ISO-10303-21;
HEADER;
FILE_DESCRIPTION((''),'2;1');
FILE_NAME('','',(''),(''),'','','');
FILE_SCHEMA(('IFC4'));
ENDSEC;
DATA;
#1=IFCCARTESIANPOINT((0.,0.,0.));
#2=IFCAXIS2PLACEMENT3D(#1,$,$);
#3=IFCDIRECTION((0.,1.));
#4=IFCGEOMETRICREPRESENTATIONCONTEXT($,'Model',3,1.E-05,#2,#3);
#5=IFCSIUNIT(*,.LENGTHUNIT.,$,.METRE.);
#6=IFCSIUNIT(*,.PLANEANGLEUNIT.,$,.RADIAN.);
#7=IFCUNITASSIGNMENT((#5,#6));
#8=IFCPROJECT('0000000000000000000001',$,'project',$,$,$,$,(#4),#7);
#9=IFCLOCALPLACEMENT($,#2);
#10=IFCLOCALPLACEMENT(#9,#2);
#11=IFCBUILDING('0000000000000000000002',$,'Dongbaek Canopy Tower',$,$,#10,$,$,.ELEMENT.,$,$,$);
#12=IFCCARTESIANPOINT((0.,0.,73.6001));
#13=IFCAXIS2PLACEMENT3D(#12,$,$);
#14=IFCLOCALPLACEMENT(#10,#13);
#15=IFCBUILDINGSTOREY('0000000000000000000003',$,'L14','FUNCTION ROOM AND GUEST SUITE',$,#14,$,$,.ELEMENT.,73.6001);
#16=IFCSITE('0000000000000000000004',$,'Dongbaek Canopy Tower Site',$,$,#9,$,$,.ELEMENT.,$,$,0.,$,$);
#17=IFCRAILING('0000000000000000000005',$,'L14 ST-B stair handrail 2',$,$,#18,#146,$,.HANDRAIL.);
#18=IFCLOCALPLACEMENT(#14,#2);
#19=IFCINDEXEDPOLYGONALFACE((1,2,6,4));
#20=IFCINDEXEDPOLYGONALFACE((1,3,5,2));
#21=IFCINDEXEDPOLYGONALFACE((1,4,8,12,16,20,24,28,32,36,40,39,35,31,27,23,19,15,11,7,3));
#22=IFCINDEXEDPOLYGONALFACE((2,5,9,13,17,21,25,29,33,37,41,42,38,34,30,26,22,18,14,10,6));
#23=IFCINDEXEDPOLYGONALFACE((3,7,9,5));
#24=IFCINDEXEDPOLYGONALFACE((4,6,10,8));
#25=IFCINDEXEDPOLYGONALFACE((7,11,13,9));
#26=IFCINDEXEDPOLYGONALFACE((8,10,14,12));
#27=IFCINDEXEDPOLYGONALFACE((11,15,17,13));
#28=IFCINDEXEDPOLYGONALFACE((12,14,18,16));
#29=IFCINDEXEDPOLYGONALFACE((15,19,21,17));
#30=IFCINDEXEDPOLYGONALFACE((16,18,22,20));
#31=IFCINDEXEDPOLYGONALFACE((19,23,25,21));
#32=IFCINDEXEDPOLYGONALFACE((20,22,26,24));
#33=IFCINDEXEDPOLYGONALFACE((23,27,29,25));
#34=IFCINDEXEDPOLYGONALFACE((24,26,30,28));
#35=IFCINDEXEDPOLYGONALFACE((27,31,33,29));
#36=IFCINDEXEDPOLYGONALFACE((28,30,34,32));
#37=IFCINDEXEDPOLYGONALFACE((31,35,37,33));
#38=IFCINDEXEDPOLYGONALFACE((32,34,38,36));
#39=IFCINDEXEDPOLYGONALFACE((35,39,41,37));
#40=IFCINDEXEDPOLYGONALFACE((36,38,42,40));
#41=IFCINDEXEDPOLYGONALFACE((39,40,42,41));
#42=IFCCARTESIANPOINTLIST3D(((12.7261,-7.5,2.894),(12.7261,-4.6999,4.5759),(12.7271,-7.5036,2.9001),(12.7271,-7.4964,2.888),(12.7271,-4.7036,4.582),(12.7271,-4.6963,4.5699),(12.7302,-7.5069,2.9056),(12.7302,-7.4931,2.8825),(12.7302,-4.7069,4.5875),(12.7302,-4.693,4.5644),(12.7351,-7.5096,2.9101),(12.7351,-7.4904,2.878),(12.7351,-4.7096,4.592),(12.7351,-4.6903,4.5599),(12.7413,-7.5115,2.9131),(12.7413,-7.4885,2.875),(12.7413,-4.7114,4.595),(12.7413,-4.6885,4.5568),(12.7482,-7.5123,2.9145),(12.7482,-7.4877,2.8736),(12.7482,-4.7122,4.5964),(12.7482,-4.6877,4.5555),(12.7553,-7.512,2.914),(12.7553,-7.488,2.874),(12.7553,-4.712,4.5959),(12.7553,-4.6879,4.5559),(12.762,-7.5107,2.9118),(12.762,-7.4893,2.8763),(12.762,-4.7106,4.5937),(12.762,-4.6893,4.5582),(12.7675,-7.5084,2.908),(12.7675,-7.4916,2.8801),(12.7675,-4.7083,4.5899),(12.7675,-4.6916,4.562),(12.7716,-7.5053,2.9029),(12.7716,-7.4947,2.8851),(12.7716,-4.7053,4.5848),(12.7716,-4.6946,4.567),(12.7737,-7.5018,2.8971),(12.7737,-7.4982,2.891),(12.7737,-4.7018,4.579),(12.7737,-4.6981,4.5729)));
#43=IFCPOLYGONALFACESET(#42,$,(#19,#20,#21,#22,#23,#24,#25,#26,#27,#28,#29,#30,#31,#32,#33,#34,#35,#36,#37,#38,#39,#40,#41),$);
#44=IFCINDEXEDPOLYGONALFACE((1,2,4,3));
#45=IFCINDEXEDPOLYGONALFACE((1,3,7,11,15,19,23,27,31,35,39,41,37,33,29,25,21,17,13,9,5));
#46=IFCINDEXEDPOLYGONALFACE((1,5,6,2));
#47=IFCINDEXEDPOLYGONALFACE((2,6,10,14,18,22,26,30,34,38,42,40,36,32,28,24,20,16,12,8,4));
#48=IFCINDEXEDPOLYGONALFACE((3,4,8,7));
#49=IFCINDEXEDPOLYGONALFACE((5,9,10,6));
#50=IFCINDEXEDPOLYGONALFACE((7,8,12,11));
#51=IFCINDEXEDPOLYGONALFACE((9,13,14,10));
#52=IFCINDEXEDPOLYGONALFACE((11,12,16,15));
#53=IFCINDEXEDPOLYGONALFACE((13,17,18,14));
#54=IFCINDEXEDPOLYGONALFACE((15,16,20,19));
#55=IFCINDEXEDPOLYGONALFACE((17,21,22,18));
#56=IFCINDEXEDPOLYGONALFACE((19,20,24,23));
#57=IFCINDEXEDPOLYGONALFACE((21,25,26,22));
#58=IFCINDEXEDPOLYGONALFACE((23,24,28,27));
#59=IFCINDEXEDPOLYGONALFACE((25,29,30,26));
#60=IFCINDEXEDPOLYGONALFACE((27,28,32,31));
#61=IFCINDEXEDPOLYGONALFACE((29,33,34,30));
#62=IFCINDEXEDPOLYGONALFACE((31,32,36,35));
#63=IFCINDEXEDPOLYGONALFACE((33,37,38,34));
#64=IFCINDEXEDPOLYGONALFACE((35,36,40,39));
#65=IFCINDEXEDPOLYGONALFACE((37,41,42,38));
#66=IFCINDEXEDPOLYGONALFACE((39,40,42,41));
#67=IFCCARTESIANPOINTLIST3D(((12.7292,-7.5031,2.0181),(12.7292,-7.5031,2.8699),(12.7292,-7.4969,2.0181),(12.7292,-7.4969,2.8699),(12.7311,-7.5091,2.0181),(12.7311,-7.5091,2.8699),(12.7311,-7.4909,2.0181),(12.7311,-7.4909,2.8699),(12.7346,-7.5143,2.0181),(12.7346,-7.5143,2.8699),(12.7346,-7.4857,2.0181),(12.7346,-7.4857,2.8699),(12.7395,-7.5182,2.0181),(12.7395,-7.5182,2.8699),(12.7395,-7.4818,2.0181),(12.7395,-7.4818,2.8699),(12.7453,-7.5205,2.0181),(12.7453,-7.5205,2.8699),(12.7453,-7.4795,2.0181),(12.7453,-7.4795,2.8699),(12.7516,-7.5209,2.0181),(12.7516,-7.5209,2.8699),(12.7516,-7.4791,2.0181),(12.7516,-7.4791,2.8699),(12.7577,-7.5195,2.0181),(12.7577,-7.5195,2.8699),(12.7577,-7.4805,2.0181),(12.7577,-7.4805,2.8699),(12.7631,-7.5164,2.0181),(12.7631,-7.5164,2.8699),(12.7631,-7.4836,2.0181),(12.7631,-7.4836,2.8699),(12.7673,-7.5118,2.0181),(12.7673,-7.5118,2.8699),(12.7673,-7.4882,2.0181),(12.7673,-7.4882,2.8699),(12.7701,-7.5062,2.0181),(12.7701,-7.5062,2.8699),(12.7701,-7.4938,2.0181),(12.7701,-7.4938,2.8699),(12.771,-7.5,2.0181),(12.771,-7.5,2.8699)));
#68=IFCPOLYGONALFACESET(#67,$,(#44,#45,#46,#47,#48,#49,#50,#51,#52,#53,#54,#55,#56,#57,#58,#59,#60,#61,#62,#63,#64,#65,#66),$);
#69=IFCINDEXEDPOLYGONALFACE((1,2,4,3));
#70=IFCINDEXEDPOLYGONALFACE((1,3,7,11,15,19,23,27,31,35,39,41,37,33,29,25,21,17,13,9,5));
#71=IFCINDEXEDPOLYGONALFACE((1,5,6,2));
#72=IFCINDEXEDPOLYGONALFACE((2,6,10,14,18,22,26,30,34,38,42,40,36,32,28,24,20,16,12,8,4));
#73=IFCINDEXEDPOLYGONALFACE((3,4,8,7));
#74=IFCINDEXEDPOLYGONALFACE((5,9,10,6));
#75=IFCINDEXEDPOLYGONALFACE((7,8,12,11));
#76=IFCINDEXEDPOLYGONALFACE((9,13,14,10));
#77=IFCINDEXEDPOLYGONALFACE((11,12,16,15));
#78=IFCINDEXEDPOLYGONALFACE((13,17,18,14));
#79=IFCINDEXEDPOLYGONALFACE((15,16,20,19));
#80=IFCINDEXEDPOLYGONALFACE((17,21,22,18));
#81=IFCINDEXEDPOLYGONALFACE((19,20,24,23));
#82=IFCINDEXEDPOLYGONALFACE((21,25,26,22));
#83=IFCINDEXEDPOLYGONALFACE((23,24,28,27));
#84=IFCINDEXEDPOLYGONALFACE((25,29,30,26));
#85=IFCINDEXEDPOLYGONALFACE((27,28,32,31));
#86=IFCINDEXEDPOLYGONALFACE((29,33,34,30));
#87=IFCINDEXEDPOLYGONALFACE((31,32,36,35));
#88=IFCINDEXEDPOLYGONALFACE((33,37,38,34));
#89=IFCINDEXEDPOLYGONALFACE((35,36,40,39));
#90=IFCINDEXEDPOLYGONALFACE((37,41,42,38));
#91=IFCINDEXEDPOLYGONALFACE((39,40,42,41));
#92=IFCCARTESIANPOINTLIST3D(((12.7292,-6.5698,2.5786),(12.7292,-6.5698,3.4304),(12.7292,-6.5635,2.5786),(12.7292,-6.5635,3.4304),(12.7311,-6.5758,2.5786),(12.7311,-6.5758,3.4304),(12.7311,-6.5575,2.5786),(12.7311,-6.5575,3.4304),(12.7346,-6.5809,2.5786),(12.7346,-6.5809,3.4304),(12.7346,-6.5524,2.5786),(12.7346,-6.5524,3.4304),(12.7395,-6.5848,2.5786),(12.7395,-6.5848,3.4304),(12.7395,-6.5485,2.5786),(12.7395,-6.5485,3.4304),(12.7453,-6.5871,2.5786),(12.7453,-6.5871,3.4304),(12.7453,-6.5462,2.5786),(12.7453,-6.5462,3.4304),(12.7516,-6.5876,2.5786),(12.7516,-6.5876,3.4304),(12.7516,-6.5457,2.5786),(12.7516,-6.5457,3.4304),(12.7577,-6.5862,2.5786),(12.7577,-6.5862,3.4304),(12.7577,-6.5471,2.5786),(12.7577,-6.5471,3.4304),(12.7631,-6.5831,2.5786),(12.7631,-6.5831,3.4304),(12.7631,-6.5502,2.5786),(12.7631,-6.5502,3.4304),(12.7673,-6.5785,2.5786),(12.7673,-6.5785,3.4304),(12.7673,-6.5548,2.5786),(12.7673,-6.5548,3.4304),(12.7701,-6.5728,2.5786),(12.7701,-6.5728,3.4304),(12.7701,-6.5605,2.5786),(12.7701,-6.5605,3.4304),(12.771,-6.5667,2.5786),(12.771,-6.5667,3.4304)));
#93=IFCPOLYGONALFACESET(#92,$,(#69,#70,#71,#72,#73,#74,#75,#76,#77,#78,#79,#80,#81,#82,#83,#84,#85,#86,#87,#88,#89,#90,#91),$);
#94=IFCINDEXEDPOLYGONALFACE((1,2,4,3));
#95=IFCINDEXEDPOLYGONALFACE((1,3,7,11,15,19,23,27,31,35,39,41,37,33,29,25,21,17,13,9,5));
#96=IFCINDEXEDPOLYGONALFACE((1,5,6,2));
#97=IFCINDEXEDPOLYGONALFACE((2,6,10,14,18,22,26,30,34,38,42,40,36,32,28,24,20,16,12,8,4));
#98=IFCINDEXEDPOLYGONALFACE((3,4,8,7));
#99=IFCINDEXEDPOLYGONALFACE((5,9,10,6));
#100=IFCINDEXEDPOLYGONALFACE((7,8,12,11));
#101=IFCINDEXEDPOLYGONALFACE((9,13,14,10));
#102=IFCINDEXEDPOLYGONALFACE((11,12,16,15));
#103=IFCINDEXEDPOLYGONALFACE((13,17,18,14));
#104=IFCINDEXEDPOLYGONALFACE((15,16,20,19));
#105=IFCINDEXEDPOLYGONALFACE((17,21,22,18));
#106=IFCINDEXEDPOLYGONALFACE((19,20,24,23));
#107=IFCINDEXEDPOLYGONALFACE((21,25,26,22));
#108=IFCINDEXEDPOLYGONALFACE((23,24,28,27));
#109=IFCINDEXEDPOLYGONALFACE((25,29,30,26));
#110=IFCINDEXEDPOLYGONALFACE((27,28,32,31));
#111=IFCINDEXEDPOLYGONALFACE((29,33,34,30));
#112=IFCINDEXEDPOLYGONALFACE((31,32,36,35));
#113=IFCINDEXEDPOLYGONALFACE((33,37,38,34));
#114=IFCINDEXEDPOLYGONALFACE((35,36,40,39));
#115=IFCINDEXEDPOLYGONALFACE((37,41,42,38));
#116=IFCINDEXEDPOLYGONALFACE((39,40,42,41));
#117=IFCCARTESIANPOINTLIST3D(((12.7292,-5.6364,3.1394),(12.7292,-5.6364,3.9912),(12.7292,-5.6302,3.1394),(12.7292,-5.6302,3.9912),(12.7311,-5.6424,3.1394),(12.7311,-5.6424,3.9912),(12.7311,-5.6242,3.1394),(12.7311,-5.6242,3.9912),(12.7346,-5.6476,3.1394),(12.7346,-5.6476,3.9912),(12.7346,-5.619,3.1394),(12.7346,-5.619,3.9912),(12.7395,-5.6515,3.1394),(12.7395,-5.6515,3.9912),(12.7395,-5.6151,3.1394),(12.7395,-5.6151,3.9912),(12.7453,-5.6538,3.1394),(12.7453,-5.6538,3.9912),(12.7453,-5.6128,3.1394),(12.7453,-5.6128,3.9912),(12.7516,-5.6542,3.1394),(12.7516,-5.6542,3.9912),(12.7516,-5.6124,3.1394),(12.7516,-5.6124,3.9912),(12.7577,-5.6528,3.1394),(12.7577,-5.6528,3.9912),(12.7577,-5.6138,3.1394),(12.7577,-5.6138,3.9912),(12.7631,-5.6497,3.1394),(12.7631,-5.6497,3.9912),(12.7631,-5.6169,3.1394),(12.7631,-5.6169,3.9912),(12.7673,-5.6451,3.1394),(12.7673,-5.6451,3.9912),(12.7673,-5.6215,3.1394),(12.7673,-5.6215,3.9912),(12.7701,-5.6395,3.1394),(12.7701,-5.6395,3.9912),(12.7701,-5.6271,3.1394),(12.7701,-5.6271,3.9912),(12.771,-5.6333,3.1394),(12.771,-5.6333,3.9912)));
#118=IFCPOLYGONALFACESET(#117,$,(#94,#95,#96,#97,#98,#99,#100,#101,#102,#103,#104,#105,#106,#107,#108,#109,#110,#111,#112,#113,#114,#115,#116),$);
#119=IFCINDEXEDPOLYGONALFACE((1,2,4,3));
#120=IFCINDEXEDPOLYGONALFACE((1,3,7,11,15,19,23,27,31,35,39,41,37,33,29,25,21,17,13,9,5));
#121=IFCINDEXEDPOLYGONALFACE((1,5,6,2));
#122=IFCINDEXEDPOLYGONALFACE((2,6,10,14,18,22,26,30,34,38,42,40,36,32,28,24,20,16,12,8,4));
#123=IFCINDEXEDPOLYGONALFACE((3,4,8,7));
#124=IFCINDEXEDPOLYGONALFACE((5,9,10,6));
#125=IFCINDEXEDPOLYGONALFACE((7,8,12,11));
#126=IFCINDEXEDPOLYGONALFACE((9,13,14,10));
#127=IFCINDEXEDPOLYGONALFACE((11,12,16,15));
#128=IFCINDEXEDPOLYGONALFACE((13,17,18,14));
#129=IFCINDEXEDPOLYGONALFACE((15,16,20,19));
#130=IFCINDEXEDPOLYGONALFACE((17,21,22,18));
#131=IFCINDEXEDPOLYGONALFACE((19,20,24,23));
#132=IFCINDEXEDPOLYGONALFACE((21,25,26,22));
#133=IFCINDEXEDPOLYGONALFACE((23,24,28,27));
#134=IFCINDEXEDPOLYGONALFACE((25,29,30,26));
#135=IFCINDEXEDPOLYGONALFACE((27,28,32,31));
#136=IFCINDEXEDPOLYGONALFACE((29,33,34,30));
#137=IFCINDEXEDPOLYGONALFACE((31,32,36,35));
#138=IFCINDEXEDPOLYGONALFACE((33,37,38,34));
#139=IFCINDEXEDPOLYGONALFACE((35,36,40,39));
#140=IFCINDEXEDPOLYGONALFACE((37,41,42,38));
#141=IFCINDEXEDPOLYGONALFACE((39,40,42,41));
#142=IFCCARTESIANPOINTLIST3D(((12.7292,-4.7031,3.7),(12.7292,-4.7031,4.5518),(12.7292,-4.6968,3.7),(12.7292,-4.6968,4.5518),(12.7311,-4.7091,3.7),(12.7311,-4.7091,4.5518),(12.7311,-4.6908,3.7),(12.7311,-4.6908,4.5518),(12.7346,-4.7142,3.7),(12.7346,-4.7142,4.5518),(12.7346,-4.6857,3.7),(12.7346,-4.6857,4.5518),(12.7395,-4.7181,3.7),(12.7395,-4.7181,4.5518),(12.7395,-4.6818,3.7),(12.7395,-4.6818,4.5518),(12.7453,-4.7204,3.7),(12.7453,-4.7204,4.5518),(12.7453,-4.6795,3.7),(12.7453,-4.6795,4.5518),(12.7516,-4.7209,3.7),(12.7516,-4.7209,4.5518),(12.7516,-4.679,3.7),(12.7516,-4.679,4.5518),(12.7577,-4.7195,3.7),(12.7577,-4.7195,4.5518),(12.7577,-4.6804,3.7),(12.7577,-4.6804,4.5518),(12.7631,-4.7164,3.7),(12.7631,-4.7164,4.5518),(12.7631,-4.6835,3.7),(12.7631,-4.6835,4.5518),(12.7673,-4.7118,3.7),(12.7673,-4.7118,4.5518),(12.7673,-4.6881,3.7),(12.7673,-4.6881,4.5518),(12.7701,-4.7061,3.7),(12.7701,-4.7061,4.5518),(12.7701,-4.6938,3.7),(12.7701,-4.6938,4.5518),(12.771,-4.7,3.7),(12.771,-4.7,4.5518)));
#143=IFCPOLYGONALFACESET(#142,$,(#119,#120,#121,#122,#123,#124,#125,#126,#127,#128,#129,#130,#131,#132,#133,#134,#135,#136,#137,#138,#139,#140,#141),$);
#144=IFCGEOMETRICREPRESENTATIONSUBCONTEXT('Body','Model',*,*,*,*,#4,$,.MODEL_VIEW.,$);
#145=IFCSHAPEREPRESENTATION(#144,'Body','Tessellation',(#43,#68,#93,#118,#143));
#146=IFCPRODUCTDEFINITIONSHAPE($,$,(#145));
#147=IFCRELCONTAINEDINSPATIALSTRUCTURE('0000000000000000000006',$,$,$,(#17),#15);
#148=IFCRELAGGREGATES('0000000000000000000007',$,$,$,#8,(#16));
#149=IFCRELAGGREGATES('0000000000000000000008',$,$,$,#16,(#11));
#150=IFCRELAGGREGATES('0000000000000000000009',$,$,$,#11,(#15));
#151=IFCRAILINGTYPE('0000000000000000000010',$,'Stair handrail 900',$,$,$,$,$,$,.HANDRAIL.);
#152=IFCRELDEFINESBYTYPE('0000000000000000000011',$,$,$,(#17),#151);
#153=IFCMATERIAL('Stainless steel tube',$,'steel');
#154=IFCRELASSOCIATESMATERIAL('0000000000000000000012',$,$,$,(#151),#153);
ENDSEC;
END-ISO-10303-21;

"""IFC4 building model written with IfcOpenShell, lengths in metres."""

from ifc_helpers import new_model, si_unit, direction, frame, origin, origin_2d, place, context, subcontext, project, spatial, circle, extrude, material, type_object, element, save


model = new_model("IFC4")

# Units and contexts
model_context = context("Model", 3, precision=1e-05, world=origin(), true_north=direction((0.0, 1.0)))
body_context = subcontext(model_context, "Body", "Model", "MODEL_VIEW")
ifc_project = project(units=[si_unit("LENGTHUNIT", "METRE"), si_unit("PLANEANGLEUNIT", "RADIAN")], contexts=[model_context])

# Site, building, storey
site_placement = place(None, origin())
site = spatial("IfcSite", under=ifc_project, at=site_placement, Name="Dongbaek Canopy Tower Site", CompositionType="ELEMENT", RefElevation=0.0)
building_placement = place(site_placement, origin())
building = spatial("IfcBuilding", under=site, at=building_placement, Name="Dongbaek Canopy Tower", CompositionType="ELEMENT")
storey_placement = place(building_placement, frame((0.0, 0.0, 73.6001)))
storey = spatial("IfcBuildingStorey", under=building, at=storey_placement, Name="L14", Description="FUNCTION ROOM AND GUEST SUITE", CompositionType="ELEMENT", Elevation=73.6001)

# Railing
ifc_material_1 = material(Name="Stainless steel tube", Category="steel")
railing_type_1 = type_object("IfcRailingType", Name="Stair handrail 900", PredefinedType="HANDRAIL", material=ifc_material_1)
railing_1_placement = place(storey_placement, frame((12.75, -7.5, 2.0181)))
element("IfcRailing", 1, at=railing_1_placement, inside=storey, type_object=railing_type_1, Name="L14 ST-B stair handrail 2", PredefinedType="HANDRAIL", context=body_context, shape_type="SweptSolid", body=[
    extrude(circle(Radius=0.0239, at=origin_2d()), frame((0.0, 0.0, 0.876), z_axis=(0.0, 0.857242, 0.514913), x_axis=(-1.0, 0.0, 0.0)), (0.0, 0.0, 1.0), 3.2664),
    extrude(circle(Radius=0.021, at=origin_2d()), origin(), (0.0, 0.0, 1.0), 0.8518),
    extrude(circle(Radius=0.021, at=origin_2d()), frame((0.0, 0.9333, 0.5605)), (0.0, 0.0, 1.0), 0.8518),
    extrude(circle(Radius=0.021, at=origin_2d()), frame((0.0, 1.8667, 1.1213)), (0.0, 0.0, 1.0), 0.8518),
    extrude(circle(Radius=0.021, at=origin_2d()), frame((0.0, 2.8, 1.6819)), (0.0, 0.0, 1.0), 0.8518),
])

save(model, "model.ifc")
